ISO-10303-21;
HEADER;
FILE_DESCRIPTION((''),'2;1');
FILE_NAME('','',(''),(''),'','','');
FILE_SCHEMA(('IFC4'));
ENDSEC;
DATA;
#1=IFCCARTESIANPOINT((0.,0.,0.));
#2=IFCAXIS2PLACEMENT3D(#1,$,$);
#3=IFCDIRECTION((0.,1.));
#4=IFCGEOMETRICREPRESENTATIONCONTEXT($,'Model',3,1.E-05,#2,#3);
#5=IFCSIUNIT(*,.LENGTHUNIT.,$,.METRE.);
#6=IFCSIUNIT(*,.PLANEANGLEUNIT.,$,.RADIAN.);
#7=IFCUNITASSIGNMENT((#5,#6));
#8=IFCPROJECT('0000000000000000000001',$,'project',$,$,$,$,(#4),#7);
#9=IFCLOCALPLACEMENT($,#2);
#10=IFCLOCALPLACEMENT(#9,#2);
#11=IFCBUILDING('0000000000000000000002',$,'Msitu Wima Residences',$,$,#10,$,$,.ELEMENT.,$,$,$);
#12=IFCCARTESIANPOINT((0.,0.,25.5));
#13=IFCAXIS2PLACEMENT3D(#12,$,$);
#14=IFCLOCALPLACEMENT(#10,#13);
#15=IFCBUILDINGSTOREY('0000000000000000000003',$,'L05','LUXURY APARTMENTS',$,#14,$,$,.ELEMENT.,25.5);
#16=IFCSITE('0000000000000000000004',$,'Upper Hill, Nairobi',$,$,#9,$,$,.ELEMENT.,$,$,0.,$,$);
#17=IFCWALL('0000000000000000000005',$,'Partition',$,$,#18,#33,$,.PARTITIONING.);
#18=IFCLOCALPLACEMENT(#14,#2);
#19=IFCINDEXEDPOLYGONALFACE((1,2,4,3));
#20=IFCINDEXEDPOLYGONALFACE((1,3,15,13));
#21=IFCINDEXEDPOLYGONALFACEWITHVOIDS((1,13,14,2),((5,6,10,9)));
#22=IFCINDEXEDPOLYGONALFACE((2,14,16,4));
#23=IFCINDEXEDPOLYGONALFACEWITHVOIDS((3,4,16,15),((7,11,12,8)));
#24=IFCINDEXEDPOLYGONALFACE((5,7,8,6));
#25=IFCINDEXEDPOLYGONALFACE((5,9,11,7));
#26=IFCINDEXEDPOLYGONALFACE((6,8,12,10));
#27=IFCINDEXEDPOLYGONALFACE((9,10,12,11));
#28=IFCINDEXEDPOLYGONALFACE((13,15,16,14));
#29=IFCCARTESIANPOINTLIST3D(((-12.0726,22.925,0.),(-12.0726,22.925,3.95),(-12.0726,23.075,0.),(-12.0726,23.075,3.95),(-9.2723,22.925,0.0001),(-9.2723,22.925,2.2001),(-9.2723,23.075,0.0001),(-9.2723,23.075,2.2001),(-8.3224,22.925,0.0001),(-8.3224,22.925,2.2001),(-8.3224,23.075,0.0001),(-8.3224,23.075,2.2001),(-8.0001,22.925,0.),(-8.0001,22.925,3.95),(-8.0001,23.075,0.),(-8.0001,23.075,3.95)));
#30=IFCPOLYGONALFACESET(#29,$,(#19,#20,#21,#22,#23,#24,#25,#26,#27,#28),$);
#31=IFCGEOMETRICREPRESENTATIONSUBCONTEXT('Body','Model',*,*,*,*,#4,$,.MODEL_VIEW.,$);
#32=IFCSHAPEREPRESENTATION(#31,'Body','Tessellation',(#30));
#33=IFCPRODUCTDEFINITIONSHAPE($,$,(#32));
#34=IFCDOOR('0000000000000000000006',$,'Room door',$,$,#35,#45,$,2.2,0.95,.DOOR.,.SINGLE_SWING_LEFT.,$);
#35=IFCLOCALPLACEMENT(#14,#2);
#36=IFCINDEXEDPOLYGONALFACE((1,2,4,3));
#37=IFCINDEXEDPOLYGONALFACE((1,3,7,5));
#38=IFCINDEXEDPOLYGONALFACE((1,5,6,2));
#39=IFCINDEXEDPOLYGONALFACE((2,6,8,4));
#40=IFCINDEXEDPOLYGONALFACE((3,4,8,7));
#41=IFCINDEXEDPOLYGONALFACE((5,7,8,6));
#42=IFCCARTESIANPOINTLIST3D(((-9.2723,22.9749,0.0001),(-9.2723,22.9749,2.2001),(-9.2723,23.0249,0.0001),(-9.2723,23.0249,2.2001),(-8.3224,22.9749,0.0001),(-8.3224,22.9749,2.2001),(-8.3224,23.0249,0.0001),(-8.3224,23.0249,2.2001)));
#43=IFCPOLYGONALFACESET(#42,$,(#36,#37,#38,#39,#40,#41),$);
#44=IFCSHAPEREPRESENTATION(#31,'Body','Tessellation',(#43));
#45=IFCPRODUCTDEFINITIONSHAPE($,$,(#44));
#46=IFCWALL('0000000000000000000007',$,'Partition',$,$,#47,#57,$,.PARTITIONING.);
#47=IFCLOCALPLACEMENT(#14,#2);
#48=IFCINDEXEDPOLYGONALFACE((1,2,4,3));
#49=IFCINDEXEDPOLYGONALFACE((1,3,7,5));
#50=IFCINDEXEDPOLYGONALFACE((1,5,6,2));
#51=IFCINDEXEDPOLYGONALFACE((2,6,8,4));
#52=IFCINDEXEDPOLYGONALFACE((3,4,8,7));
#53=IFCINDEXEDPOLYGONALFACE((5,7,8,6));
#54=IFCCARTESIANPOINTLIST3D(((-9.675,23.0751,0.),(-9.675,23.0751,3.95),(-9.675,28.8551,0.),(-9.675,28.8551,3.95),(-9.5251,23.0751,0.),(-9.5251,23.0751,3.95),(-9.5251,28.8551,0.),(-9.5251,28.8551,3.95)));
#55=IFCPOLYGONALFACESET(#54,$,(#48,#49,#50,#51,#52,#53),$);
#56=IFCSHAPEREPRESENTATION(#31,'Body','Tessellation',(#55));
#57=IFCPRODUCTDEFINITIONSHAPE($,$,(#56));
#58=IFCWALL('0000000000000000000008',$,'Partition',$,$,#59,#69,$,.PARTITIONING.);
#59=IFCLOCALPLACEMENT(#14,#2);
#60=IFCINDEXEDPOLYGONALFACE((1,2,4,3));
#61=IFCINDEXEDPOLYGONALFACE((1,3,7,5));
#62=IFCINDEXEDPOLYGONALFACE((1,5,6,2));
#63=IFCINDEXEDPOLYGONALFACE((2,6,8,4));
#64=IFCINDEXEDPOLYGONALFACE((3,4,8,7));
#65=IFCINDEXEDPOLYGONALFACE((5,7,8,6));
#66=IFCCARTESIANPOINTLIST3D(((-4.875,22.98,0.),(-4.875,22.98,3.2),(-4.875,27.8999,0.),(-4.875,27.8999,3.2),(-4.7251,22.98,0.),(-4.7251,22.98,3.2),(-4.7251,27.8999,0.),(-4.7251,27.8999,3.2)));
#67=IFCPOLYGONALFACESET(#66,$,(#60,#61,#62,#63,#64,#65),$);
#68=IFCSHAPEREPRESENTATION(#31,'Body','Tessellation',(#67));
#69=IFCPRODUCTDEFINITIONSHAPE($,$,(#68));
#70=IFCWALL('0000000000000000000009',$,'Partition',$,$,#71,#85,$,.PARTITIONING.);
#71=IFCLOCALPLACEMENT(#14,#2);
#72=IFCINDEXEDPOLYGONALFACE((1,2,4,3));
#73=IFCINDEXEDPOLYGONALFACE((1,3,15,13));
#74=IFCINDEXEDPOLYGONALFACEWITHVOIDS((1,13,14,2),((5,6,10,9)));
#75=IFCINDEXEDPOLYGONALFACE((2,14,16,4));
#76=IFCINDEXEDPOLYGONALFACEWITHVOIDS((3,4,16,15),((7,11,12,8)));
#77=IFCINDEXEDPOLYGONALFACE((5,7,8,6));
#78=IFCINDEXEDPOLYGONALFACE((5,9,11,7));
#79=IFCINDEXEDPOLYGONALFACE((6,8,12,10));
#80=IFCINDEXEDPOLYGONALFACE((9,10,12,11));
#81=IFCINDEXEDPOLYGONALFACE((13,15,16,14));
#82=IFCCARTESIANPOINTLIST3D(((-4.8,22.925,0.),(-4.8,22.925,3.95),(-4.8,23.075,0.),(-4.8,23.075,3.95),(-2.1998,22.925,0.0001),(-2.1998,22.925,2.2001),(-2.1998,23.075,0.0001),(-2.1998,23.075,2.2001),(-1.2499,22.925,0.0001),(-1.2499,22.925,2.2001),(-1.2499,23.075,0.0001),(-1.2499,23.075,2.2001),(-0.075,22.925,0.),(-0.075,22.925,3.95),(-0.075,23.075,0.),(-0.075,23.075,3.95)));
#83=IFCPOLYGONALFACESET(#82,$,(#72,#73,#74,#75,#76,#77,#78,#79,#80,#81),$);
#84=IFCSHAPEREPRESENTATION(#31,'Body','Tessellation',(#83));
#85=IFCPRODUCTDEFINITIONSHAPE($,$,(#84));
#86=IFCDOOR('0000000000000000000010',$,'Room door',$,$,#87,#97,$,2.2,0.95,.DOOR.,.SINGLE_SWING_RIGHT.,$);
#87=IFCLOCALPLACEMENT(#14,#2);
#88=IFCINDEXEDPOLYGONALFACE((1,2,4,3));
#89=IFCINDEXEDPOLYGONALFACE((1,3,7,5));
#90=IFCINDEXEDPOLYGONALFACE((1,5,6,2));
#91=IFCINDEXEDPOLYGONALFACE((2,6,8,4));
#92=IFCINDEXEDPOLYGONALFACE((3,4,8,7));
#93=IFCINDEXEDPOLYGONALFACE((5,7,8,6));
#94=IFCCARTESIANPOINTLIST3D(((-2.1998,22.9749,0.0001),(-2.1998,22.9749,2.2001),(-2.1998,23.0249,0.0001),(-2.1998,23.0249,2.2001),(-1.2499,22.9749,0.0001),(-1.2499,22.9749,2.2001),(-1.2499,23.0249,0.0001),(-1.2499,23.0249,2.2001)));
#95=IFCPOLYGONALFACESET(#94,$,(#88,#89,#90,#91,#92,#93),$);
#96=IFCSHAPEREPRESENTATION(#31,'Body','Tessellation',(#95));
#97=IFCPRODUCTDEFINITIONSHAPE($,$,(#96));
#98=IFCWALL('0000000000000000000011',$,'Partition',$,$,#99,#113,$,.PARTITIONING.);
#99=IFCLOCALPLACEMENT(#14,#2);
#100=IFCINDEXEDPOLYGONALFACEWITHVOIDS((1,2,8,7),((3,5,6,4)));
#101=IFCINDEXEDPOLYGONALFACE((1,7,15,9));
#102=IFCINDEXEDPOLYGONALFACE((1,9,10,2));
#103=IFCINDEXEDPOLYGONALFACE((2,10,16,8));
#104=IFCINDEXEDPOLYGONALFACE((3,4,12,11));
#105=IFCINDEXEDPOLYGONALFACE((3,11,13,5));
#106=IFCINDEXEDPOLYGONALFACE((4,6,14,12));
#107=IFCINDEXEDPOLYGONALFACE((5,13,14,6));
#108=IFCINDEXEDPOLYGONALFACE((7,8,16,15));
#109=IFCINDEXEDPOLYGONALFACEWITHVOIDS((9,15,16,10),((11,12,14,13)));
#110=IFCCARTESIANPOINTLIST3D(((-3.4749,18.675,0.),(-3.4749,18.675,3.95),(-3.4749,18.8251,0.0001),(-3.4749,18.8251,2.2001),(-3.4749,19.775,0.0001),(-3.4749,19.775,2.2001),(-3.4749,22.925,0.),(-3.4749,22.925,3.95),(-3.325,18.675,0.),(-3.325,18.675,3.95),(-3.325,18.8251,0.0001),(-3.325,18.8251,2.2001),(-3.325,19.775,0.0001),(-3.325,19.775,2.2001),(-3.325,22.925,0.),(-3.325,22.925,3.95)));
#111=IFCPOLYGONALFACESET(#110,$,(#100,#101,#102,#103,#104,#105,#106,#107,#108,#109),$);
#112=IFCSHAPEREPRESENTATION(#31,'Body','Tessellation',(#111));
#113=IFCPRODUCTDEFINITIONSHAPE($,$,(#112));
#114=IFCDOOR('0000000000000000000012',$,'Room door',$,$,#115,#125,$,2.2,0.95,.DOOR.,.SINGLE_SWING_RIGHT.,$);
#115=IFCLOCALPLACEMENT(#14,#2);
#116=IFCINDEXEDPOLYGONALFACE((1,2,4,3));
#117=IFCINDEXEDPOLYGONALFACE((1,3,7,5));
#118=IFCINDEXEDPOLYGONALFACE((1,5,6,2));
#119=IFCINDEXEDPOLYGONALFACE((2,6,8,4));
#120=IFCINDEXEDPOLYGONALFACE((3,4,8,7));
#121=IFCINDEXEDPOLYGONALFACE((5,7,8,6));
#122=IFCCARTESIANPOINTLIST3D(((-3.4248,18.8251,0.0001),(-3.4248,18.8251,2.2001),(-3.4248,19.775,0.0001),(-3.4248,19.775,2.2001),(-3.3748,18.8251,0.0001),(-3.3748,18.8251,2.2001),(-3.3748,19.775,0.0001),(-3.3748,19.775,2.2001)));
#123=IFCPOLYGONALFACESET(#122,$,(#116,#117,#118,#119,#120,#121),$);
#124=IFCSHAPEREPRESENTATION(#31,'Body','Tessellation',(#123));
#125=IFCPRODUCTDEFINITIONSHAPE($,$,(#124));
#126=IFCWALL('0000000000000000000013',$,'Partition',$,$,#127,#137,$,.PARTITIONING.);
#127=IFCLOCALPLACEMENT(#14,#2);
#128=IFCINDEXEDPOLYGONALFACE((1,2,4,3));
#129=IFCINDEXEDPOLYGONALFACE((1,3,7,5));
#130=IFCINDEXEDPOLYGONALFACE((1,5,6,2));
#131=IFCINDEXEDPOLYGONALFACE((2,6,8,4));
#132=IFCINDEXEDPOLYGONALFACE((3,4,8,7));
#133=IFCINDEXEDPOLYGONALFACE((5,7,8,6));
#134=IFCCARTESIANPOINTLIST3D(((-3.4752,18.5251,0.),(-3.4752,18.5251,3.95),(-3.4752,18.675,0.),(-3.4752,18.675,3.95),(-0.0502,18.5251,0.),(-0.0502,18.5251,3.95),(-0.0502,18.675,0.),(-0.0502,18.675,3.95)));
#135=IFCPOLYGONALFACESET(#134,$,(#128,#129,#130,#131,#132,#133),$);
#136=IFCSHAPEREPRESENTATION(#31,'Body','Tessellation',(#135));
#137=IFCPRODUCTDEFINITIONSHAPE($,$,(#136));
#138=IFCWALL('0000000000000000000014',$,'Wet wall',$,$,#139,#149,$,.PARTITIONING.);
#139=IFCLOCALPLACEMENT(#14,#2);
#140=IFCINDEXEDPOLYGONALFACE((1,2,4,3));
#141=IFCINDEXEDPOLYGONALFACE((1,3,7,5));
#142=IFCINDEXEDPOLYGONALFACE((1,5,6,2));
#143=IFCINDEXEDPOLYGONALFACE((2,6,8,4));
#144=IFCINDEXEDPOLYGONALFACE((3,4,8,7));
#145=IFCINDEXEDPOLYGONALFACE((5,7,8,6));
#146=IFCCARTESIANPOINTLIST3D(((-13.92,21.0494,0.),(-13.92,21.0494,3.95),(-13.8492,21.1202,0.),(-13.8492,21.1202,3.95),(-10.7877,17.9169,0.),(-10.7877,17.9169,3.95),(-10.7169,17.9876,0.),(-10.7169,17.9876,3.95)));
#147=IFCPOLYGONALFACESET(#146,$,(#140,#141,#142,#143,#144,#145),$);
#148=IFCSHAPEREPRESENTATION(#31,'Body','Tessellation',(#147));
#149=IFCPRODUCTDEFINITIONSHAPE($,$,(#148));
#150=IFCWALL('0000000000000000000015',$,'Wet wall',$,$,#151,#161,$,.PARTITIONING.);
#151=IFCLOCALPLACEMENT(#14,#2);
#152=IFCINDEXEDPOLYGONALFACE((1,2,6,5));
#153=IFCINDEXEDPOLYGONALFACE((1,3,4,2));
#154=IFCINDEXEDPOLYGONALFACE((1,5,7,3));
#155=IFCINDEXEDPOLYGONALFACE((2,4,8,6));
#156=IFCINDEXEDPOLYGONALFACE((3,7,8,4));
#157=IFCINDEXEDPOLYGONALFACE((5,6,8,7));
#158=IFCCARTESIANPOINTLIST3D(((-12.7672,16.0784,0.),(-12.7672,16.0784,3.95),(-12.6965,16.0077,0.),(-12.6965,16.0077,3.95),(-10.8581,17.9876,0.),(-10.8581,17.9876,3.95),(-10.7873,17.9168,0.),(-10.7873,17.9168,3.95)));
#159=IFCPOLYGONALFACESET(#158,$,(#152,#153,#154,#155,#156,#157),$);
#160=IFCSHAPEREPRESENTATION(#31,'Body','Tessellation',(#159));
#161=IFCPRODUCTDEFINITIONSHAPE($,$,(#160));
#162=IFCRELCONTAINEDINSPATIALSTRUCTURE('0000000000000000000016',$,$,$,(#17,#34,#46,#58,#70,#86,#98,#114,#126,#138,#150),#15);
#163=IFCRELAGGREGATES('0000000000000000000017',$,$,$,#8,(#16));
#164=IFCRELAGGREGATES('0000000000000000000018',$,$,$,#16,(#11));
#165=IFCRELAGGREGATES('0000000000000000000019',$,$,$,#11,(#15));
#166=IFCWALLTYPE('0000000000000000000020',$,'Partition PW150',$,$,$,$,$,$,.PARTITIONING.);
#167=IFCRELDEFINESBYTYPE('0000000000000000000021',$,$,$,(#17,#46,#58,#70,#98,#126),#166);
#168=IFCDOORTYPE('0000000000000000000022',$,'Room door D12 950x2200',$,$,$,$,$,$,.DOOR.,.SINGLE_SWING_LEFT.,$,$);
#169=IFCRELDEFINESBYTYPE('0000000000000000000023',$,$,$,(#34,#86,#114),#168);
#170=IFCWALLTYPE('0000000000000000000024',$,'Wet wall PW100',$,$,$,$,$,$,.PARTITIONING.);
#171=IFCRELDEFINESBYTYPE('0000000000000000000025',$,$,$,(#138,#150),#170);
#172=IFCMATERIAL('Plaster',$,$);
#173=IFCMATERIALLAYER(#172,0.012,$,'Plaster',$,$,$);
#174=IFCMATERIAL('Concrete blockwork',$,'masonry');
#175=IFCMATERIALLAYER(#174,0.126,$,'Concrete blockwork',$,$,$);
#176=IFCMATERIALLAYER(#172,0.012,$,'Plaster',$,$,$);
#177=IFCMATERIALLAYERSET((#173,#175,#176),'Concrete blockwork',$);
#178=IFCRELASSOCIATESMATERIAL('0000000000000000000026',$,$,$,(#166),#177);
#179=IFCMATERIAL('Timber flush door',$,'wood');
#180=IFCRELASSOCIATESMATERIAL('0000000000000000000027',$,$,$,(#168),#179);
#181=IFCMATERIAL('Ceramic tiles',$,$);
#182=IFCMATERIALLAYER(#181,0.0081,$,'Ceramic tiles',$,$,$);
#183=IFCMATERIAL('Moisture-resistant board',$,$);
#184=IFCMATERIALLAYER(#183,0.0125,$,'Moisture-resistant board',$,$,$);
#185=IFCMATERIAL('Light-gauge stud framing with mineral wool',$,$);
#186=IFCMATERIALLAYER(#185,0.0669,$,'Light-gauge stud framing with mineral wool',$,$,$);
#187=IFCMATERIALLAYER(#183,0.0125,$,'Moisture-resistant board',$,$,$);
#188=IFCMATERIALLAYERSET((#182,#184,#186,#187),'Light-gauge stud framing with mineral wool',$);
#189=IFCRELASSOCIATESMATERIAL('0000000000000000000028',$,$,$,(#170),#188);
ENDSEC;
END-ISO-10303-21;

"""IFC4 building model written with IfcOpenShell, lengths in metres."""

from ifc_helpers import new_model, si_unit, direction, frame, frame_2d, origin, place, context, subcontext, project, spatial, rectangle, extrude, material, layer, layer_set, type_object, element, fill, save


model = new_model("IFC4")

# Units and contexts
model_context = context("Model", 3, precision=1e-05, world=origin(), true_north=direction((0.0, 1.0)))
body_context = subcontext(model_context, "Body", "Model", "MODEL_VIEW")
ifc_project = project(units=[si_unit("LENGTHUNIT", "METRE"), si_unit("PLANEANGLEUNIT", "RADIAN")], contexts=[model_context])

# Site, building, storey
site_placement = place(None, origin())
site = spatial("IfcSite", under=ifc_project, at=site_placement, Name="Upper Hill, Nairobi", CompositionType="ELEMENT", RefElevation=0.0)
building_placement = place(site_placement, origin())
building = spatial("IfcBuilding", under=site, at=building_placement, Name="Msitu Wima Residences", CompositionType="ELEMENT")
storey_placement = place(building_placement, frame((0.0, 0.0, 25.5)))
storey = spatial("IfcBuildingStorey", under=building, at=storey_placement, Name="L05", Description="LUXURY APARTMENTS", CompositionType="ELEMENT", Elevation=25.5)

# Wall, opening, door
ifc_material_1 = material(Name="Plaster")
ifc_layer_1 = layer(ifc_material_1, 0.012, Name="Plaster")
ifc_material_2 = material(Name="Concrete blockwork", Category="masonry")
ifc_layer_2 = layer(ifc_material_2, 0.126, Name="Concrete blockwork")
ifc_layer_3 = layer(ifc_material_1, 0.012, Name="Plaster")
ifc_layer_set_1 = layer_set([ifc_layer_1, ifc_layer_2, ifc_layer_3], Name="Concrete blockwork")
wall_type_1 = type_object("IfcWallType", Name="Partition PW150", PredefinedType="PARTITIONING", material=ifc_layer_set_1)
ifc_material_3 = material(Name="Timber flush door", Category="wood")
door_type_1 = type_object("IfcDoorType", Name="Room door D12 950x2200", OperationType="SINGLE_SWING_LEFT", PredefinedType="DOOR", material=ifc_material_3)
wall_1_placement = place(storey_placement, frame((-12.0725, 23.0, 0.0), z_axis=(0.0, 0.0, 1.0), x_axis=(1.0, 0.0, 0.0)))
wall_1 = element("IfcWall", 1, at=wall_1_placement, inside=storey, type_object=wall_type_1, Name="Partition", PredefinedType="PARTITIONING", context=body_context, shape_type="SweptSolid", body=[
    extrude(rectangle(XDim=4.0725, YDim=0.1499, at=frame_2d((2.0361, 0.0))), origin(), (0.0, 0.0, 1.0), 3.95),
])
opening_1_placement = place(wall_1_placement, frame((2.8, 0.0, 0.0)))
opening_1 = element("IfcOpeningElement", 2, at=opening_1_placement, cuts=wall_1, PredefinedType="OPENING", context=body_context, shape_type="SweptSolid", body=[
    extrude(rectangle(XDim=0.95, YDim=2.2, at=frame_2d((0.4751, 1.1001))), frame((0.0, 0.085, 0.0), z_axis=(0.0, -1.0, 0.0), x_axis=(1.0, 0.0, 0.0)), (0.0, 0.0, 1.0), 0.1699),
])
door_1_placement = place(opening_1_placement, origin())
door_1 = element("IfcDoor", 3, at=door_1_placement, inside=storey, type_object=door_type_1, Name="Room door", OperationType="SINGLE_SWING_LEFT", OverallHeight=2.2, OverallWidth=0.95, PredefinedType="DOOR", context=body_context, shape_type="SweptSolid", body=[
    extrude(rectangle(XDim=0.95, YDim=2.2, at=frame_2d((0.4751, 1.1001))), frame((0.0, 0.0249, 0.0), z_axis=(0.0, -1.0, 0.0), x_axis=(1.0, 0.0, 0.0)), (0.0, 0.0, 1.0), 0.05),
])
fill(opening_1, door_1)

# Walls
wall_2_placement = place(storey_placement, frame((-9.6001, 23.075, 0.0), z_axis=(0.0, 0.0, 1.0), x_axis=(0.0, 1.0, 0.0)))
element("IfcWall", 4, at=wall_2_placement, inside=storey, type_object=wall_type_1, Name="Partition", PredefinedType="PARTITIONING", context=body_context, shape_type="SweptSolid", body=[
    extrude(rectangle(XDim=5.78, YDim=0.1499, at=frame_2d((2.8901, 0.0))), origin(), (0.0, 0.0, 1.0), 3.95),
])
wall_3_placement = place(storey_placement, frame((-4.8, 22.98, 0.0), z_axis=(0.0, 0.0, 1.0), x_axis=(0.0, 1.0, 0.0)))
element("IfcWall", 5, at=wall_3_placement, inside=storey, type_object=wall_type_1, Name="Partition", PredefinedType="PARTITIONING", context=body_context, shape_type="SweptSolid", body=[
    extrude(rectangle(XDim=4.9199, YDim=0.1499, at=frame_2d((2.46, 0.0))), origin(), (0.0, 0.0, 1.0), 3.2),
])

# Walls, openings, doors
wall_4_placement = place(storey_placement, frame((-4.8, 23.0, 0.0), z_axis=(0.0, 0.0, 1.0), x_axis=(1.0, 0.0, 0.0)))
wall_4 = element("IfcWall", 6, at=wall_4_placement, inside=storey, type_object=wall_type_1, Name="Partition", PredefinedType="PARTITIONING", context=body_context, shape_type="SweptSolid", body=[
    extrude(rectangle(XDim=4.7251, YDim=0.1499, at=frame_2d((2.3625, 0.0))), origin(), (0.0, 0.0, 1.0), 3.95),
])
opening_2_placement = place(wall_4_placement, frame((2.6001, 0.0, 0.0)))
opening_2 = element("IfcOpeningElement", 7, at=opening_2_placement, cuts=wall_4, PredefinedType="OPENING", context=body_context, shape_type="SweptSolid", body=[
    extrude(rectangle(XDim=0.95, YDim=2.2, at=frame_2d((0.4751, 1.1001))), frame((0.0, 0.085, 0.0), z_axis=(0.0, -1.0, 0.0), x_axis=(1.0, 0.0, 0.0)), (0.0, 0.0, 1.0), 0.1699),
])
door_2_placement = place(opening_2_placement, origin())
door_2 = element("IfcDoor", 8, at=door_2_placement, inside=storey, type_object=door_type_1, Name="Room door", OperationType="SINGLE_SWING_RIGHT", OverallHeight=2.2, OverallWidth=0.95, PredefinedType="DOOR", context=body_context, shape_type="SweptSolid", body=[
    extrude(rectangle(XDim=0.95, YDim=2.2, at=frame_2d((0.4751, 1.1001))), frame((0.0, 0.0249, 0.0), z_axis=(0.0, -1.0, 0.0), x_axis=(1.0, 0.0, 0.0)), (0.0, 0.0, 1.0), 0.05),
])
fill(opening_2, door_2)
wall_5_placement = place(storey_placement, frame((-3.3999, 18.675, 0.0), z_axis=(0.0, 0.0, 1.0), x_axis=(0.0, 1.0, 0.0)))
wall_5 = element("IfcWall", 9, at=wall_5_placement, inside=storey, type_object=wall_type_1, Name="Partition", PredefinedType="PARTITIONING", context=body_context, shape_type="SweptSolid", body=[
    extrude(rectangle(XDim=4.25, YDim=0.1499, at=frame_2d((2.125, 0.0))), origin(), (0.0, 0.0, 1.0), 3.95),
])
opening_3_placement = place(wall_5_placement, frame((0.1499, 0.0, 0.0)))
opening_3 = element("IfcOpeningElement", 10, at=opening_3_placement, cuts=wall_5, PredefinedType="OPENING", context=body_context, shape_type="SweptSolid", body=[
    extrude(rectangle(XDim=0.95, YDim=2.2, at=frame_2d((0.4751, 1.1001))), frame((0.0, 0.085, 0.0), z_axis=(0.0, -1.0, 0.0), x_axis=(1.0, 0.0, 0.0)), (0.0, 0.0, 1.0), 0.1699),
])
door_3_placement = place(opening_3_placement, origin())
door_3 = element("IfcDoor", 11, at=door_3_placement, inside=storey, type_object=door_type_1, Name="Room door", OperationType="SINGLE_SWING_RIGHT", OverallHeight=2.2, OverallWidth=0.95, PredefinedType="DOOR", context=body_context, shape_type="SweptSolid", body=[
    extrude(rectangle(XDim=0.95, YDim=2.2, at=frame_2d((0.4751, 1.1001))), frame((0.0, 0.0249, 0.0), z_axis=(0.0, -1.0, 0.0), x_axis=(1.0, 0.0, 0.0)), (0.0, 0.0, 1.0), 0.05),
])
fill(opening_3, door_3)

# Walls
wall_6_placement = place(storey_placement, frame((-3.4751, 18.6001, 0.0), z_axis=(0.0, 0.0, 1.0), x_axis=(1.0, 0.0, 0.0)))
element("IfcWall", 12, at=wall_6_placement, inside=storey, type_object=wall_type_1, Name="Partition", PredefinedType="PARTITIONING", context=body_context, shape_type="SweptSolid", body=[
    extrude(rectangle(XDim=3.425, YDim=0.1499, at=frame_2d((1.7124, 0.0))), origin(), (0.0, 0.0, 1.0), 3.95),
])
ifc_material_4 = material(Name="Ceramic tiles")
ifc_layer_4 = layer(ifc_material_4, 0.0081, Name="Ceramic tiles")
ifc_material_5 = material(Name="Moisture-resistant board")
ifc_layer_5 = layer(ifc_material_5, 0.0125, Name="Moisture-resistant board")
ifc_material_6 = material(Name="Light-gauge stud framing with mineral wool")
ifc_layer_6 = layer(ifc_material_6, 0.0669, Name="Light-gauge stud framing with mineral wool")
ifc_layer_7 = layer(ifc_material_5, 0.0125, Name="Moisture-resistant board")
ifc_layer_set_2 = layer_set([ifc_layer_4, ifc_layer_5, ifc_layer_6, ifc_layer_7], Name="Light-gauge stud framing with mineral wool")
wall_type_2 = type_object("IfcWallType", Name="Wet wall PW100", PredefinedType="PARTITIONING", material=ifc_layer_set_2)
wall_7_placement = place(storey_placement, frame((-13.8845, 21.0847, 0.0), z_axis=(0.0, 0.0, 1.0), x_axis=(0.707079, -0.707134, 0.0)))
element("IfcWall", 13, at=wall_7_placement, inside=storey, type_object=wall_type_2, Name="Wet wall", PredefinedType="PARTITIONING", context=body_context, shape_type="SweptSolid", body=[
    extrude(rectangle(XDim=4.4299, YDim=0.1001, at=frame_2d((2.2148, 0.0))), origin(), (0.0, 0.0, 1.0), 3.95),
])
wall_8_placement = place(storey_placement, frame((-12.7319, 16.043, 0.0), z_axis=(0.0, 0.0, 1.0), x_axis=(0.707107, 0.707107, 0.0)))
element("IfcWall", 14, at=wall_8_placement, inside=storey, type_object=wall_type_2, Name="Wet wall", PredefinedType="PARTITIONING", context=body_context, shape_type="SweptSolid", body=[
    extrude(rectangle(XDim=2.7, YDim=0.1001, at=frame_2d((1.3501, 0.0))), origin(), (0.0, 0.0, 1.0), 3.95),
])

save(model, "model.ifc")
